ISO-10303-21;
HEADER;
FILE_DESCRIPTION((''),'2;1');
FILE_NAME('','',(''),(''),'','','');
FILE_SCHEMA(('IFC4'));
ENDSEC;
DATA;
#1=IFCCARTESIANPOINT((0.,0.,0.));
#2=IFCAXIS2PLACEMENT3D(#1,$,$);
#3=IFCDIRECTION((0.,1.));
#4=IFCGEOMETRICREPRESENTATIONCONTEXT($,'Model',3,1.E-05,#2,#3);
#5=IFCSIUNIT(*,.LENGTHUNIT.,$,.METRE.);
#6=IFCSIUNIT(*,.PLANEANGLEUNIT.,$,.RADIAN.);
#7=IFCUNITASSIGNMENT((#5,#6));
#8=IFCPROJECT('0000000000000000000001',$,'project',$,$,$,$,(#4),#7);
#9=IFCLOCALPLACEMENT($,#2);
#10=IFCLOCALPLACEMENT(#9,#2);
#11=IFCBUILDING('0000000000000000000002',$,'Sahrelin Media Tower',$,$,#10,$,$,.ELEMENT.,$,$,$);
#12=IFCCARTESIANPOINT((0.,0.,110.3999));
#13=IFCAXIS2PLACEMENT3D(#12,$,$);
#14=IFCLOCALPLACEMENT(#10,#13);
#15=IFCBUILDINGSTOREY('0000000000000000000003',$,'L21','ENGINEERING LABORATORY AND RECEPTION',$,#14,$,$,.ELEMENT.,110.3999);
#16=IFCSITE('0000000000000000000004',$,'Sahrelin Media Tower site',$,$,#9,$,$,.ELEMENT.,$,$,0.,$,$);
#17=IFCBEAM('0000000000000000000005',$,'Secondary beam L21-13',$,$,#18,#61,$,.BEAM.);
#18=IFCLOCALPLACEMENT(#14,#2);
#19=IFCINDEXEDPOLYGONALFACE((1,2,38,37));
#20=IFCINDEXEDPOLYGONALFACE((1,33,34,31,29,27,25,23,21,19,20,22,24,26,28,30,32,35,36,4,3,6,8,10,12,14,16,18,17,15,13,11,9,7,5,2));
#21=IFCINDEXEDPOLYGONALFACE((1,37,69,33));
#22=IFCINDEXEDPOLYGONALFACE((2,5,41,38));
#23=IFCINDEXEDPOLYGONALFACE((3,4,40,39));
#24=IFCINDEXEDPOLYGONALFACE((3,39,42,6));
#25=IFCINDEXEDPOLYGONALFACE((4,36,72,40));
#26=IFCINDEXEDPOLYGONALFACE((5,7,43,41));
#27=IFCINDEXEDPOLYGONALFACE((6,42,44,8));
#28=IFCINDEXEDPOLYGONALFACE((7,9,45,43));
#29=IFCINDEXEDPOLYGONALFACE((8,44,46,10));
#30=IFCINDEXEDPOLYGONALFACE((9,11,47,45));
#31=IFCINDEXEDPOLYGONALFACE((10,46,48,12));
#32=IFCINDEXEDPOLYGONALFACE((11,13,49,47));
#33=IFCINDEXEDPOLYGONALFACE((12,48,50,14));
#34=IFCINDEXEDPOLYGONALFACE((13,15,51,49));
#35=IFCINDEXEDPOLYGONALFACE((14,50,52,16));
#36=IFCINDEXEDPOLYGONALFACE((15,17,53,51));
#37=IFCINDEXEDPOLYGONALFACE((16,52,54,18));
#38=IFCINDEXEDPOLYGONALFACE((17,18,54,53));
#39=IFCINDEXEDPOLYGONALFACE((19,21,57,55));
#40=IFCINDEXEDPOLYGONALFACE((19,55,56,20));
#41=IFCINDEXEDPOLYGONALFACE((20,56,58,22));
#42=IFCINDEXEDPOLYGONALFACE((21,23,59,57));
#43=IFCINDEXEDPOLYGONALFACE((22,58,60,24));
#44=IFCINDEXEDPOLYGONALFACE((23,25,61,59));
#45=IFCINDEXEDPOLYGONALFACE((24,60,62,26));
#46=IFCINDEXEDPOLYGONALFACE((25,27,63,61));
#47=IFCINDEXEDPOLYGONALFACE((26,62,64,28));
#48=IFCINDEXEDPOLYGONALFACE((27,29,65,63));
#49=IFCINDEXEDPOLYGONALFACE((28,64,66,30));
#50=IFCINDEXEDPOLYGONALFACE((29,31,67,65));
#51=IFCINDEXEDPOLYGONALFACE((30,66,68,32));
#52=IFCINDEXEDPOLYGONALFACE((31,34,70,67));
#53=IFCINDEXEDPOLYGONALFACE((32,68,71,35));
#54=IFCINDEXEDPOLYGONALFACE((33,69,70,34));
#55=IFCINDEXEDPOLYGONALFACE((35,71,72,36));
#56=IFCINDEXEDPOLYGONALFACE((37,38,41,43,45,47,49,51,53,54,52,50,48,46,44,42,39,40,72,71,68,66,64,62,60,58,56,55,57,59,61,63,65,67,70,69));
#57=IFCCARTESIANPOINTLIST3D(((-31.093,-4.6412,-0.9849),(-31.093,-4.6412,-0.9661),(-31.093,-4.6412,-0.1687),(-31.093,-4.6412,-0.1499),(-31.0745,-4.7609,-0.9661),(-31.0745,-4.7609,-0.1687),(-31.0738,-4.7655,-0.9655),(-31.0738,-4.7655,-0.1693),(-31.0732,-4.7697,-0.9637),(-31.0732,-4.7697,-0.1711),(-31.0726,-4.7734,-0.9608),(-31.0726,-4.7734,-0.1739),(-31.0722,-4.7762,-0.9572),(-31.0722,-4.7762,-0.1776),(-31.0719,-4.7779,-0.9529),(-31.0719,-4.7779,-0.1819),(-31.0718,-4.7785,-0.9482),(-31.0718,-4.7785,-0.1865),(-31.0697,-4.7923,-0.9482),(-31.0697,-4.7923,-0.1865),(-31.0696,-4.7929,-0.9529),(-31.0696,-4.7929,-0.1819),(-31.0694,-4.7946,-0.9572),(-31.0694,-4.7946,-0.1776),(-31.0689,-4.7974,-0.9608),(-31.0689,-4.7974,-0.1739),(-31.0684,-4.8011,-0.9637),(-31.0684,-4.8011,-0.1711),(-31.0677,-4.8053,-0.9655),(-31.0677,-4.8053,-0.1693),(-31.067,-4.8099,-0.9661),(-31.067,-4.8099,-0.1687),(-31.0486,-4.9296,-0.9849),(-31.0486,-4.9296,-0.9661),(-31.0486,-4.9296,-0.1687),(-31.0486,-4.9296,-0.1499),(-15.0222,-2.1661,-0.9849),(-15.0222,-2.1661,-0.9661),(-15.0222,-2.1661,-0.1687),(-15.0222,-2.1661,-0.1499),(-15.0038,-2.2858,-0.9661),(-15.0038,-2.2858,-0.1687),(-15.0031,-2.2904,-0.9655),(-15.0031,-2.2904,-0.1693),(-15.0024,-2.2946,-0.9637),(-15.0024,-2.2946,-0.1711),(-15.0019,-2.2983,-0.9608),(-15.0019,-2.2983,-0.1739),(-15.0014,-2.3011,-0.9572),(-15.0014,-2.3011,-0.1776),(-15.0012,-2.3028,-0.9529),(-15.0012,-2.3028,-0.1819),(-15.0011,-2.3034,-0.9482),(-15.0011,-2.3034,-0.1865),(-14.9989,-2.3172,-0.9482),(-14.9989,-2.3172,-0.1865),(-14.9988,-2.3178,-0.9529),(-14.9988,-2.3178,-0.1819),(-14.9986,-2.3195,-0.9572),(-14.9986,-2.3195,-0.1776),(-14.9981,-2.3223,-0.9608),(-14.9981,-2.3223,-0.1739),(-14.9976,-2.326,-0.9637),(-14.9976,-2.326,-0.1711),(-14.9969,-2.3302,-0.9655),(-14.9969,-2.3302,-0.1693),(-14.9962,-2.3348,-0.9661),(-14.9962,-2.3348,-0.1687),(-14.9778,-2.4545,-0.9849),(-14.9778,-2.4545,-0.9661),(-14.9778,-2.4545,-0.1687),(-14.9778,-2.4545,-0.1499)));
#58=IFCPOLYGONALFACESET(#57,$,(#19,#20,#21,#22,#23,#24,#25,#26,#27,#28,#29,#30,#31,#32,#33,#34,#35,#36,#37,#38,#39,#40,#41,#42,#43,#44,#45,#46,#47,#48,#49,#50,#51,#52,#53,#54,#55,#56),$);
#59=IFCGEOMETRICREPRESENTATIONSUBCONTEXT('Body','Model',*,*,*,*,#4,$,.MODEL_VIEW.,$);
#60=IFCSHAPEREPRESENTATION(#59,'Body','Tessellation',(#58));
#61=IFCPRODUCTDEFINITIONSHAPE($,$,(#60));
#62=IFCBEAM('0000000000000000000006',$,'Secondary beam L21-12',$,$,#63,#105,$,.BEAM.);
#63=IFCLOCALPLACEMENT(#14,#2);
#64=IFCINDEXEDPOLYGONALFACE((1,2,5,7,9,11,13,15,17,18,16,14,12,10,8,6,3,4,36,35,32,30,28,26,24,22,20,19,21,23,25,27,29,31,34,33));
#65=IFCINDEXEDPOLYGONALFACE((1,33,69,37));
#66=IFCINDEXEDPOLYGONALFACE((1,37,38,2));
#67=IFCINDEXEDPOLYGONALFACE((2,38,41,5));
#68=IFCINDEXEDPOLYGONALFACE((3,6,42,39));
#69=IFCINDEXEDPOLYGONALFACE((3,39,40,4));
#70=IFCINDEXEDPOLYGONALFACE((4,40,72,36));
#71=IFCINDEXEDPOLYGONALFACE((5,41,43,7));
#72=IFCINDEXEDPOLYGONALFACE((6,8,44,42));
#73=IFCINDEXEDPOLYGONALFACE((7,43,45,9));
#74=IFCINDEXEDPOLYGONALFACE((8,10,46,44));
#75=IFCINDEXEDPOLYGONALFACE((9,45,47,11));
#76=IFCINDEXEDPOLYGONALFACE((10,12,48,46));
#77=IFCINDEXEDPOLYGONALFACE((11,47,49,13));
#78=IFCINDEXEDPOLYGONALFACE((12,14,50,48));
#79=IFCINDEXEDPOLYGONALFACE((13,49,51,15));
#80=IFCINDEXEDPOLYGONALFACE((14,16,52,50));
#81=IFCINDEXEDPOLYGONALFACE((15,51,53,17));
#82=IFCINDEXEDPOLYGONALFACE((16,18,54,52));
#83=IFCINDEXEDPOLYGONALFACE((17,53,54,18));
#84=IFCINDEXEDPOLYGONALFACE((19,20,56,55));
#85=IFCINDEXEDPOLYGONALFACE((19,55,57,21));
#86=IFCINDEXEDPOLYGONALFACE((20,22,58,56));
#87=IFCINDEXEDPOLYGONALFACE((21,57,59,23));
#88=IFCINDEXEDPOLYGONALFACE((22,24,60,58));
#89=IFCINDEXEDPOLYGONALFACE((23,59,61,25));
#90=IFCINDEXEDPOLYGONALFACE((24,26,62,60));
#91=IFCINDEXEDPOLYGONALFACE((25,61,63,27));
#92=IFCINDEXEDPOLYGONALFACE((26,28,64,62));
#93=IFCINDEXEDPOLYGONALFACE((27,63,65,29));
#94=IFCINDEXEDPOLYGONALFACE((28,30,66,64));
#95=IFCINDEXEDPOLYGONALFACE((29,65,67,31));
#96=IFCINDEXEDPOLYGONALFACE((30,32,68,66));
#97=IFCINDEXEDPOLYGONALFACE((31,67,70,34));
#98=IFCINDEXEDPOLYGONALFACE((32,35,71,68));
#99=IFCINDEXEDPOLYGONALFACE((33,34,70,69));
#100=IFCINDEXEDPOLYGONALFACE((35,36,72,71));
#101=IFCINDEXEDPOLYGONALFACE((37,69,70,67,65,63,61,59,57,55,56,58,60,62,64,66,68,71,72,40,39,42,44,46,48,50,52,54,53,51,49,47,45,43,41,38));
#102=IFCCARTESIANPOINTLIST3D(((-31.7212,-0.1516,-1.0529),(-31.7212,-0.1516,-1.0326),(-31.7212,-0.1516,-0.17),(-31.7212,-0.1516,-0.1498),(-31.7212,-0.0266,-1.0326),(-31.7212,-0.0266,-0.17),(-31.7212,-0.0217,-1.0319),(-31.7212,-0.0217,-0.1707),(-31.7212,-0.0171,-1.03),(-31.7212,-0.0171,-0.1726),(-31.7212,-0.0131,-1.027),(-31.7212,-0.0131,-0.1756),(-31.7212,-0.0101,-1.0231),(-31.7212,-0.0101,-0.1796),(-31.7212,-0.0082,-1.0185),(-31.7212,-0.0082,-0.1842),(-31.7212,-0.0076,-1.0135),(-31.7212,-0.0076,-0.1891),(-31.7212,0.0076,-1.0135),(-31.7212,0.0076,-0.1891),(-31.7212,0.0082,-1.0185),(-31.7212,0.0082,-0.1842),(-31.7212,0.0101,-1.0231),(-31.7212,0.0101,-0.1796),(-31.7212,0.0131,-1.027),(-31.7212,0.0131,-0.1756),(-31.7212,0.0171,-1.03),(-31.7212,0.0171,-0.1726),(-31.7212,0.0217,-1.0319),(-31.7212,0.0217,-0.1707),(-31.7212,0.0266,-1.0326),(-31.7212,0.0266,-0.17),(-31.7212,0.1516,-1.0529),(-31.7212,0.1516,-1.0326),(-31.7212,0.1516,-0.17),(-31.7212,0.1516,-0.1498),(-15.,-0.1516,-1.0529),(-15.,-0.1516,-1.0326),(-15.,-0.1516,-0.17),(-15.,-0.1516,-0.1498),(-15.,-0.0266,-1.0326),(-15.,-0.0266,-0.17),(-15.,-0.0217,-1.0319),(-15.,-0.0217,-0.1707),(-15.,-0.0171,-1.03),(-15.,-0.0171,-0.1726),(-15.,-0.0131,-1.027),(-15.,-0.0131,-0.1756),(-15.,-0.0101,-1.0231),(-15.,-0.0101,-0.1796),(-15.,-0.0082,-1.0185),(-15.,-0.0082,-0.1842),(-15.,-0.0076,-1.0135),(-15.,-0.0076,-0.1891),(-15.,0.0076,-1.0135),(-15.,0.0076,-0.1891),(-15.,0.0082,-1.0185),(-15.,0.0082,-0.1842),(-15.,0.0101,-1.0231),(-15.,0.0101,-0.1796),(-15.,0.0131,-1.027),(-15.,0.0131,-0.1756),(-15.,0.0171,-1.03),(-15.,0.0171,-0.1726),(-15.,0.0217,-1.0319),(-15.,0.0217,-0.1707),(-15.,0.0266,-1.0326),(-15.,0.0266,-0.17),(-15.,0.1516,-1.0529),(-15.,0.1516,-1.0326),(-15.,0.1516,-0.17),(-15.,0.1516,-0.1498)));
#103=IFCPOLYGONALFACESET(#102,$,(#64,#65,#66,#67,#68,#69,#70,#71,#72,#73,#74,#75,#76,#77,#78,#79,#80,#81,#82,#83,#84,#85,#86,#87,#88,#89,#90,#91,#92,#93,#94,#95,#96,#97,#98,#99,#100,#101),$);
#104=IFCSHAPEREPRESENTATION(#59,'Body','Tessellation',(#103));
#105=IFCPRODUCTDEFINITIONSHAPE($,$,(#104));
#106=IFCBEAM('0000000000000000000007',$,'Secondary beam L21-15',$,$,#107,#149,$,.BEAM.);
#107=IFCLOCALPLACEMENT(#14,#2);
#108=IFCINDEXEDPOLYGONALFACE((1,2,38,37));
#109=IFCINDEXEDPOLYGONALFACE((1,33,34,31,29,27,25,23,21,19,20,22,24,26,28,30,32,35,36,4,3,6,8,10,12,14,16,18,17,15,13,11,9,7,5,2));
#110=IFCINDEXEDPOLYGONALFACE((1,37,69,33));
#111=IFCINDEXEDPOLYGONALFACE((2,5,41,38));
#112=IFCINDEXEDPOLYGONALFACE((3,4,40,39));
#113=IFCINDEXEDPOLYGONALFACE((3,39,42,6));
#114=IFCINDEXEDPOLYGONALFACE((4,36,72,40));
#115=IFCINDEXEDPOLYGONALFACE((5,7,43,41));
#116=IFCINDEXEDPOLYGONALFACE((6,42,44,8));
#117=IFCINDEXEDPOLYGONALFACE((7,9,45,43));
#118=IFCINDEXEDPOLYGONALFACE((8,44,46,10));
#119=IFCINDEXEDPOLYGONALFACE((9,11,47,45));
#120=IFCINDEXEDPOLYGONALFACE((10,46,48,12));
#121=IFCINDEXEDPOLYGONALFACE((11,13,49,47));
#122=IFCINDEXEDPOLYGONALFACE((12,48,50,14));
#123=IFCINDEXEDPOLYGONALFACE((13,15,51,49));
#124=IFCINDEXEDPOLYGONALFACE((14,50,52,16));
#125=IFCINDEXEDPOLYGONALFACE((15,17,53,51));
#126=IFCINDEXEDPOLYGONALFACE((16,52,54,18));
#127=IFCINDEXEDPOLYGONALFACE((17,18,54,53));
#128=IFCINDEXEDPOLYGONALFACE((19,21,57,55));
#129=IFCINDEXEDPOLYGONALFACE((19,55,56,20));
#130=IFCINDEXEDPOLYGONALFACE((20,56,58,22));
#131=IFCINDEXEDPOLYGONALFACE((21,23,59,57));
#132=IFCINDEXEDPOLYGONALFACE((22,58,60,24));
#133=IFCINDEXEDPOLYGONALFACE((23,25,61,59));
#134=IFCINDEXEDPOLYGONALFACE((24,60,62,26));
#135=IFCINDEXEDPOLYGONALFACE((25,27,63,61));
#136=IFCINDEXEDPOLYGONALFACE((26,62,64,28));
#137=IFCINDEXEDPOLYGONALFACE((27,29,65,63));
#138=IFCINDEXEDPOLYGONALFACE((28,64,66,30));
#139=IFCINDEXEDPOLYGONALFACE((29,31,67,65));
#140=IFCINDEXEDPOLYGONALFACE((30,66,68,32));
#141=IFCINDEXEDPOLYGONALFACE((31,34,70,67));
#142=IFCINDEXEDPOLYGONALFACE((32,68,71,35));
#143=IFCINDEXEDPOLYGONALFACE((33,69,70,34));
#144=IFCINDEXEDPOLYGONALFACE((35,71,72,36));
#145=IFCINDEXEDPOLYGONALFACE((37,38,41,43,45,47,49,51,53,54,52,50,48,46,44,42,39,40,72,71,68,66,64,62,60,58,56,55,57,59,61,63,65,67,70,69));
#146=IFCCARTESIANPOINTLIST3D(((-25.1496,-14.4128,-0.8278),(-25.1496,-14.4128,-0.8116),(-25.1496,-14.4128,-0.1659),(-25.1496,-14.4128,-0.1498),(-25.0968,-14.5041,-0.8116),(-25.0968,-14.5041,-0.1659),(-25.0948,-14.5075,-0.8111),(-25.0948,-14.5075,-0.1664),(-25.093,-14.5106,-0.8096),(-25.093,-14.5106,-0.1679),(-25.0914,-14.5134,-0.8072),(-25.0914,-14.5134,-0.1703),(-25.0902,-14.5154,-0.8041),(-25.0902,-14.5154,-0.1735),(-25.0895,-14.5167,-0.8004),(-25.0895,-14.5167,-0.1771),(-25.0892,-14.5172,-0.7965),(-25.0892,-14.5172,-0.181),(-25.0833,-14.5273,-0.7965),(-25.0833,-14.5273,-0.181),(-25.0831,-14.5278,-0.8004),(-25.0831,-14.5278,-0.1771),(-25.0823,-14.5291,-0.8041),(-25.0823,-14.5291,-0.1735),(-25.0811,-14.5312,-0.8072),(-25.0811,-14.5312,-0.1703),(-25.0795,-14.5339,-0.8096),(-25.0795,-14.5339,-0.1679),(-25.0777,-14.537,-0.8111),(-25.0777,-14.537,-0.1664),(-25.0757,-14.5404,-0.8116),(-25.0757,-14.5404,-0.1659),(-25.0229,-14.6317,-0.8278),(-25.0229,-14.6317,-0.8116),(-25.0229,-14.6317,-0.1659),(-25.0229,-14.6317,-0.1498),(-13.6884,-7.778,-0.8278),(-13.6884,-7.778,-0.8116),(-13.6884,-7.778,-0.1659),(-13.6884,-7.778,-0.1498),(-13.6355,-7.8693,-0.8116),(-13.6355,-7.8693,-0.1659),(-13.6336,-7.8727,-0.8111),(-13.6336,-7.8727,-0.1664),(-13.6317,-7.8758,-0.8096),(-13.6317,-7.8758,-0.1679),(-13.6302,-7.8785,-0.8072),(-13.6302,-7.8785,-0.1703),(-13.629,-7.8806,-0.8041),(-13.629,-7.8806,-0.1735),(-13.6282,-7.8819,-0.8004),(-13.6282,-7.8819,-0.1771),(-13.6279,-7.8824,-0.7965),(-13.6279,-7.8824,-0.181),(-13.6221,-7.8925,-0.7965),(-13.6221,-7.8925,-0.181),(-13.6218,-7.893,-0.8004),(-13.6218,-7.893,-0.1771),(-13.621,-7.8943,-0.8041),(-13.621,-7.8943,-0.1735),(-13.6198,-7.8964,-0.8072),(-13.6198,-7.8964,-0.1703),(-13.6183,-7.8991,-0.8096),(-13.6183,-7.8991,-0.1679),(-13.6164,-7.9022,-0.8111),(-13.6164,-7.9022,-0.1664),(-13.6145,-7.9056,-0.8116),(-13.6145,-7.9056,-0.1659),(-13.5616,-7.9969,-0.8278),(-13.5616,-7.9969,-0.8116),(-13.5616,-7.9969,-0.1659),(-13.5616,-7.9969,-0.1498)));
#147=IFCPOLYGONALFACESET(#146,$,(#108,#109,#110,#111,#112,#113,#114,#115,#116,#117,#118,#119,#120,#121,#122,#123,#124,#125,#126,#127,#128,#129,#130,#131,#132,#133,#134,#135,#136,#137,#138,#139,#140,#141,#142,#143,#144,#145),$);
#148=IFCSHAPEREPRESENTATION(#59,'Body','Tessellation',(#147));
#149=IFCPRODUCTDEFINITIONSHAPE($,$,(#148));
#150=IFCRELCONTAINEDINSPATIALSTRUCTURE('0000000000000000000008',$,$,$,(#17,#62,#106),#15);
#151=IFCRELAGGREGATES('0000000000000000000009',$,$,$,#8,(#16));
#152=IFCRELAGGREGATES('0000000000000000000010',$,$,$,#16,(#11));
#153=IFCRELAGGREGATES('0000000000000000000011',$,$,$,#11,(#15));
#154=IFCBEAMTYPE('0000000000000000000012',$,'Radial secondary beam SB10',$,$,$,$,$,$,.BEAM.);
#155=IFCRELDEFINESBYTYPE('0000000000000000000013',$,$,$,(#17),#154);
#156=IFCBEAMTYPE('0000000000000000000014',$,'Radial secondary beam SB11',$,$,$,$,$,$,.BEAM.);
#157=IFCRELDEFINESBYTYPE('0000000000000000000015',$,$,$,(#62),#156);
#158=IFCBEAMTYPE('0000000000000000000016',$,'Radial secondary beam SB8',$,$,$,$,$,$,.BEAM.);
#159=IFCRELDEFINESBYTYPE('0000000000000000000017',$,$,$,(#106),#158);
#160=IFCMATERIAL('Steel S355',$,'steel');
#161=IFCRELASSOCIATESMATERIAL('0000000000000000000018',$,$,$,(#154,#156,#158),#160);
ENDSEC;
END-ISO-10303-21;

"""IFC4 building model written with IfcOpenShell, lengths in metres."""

from ifc_helpers import new_model, si_unit, direction, frame, origin, origin_2d, place, context, subcontext, project, spatial, i_section, extrude, material, material_profile, profile_set, type_object, element, save


model = new_model("IFC4")

# Units and contexts
model_context = context("Model", 3, precision=1e-05, world=origin(), true_north=direction((0.0, 1.0)))
body_context = subcontext(model_context, "Body", "Model", "MODEL_VIEW")
ifc_project = project(units=[si_unit("LENGTHUNIT", "METRE"), si_unit("PLANEANGLEUNIT", "RADIAN")], contexts=[model_context])

# Site, building, storey
site_placement = place(None, origin())
site = spatial("IfcSite", under=ifc_project, at=site_placement, Name="Sahrelin Media Tower site", CompositionType="ELEMENT", RefElevation=0.0)
building_placement = place(site_placement, origin())
building = spatial("IfcBuilding", under=site, at=building_placement, Name="Sahrelin Media Tower", CompositionType="ELEMENT")
storey_placement = place(building_placement, frame((0.0, 0.0, 110.3999)))
storey = spatial("IfcBuildingStorey", under=building, at=storey_placement, Name="L21", Description="ENGINEERING LABORATORY AND RECEPTION", CompositionType="ELEMENT", Elevation=110.3999)

# Beams
ifc_material_1 = material(Name="Steel S355", Category="steel")
ifc_material_profile_1 = material_profile(ifc_material_1, i_section(OverallWidth=0.2917, OverallDepth=0.835, WebThickness=0.0139, FlangeThickness=0.0188, FilletRadius=0.0178, at=origin_2d()), Name="UB 838x292x176")
ifc_profile_set_1 = profile_set([ifc_material_profile_1], Name="Steel S355")
beam_type_1 = type_object("IfcBeamType", Name="Radial secondary beam SB10", PredefinedType="BEAM", material=ifc_profile_set_1)
beam_1_placement = place(storey_placement, frame((-15.0, -2.3103, -0.5674), z_axis=(-0.988347, -0.152217, 0.0), x_axis=(0.152217, -0.988347, 0.0)))
element("IfcBeam", 1, at=beam_1_placement, inside=storey, type_object=beam_type_1, Name="Secondary beam L21-13", PredefinedType="BEAM", context=body_context, shape_type="SweptSolid", body=[
    extrude(i_section(OverallWidth=0.2917, OverallDepth=0.835, WebThickness=0.0139, FlangeThickness=0.0188, FilletRadius=0.0178, at=origin_2d()), origin(), (0.0, 0.0, 1.0), 16.2603),
])
ifc_material_profile_2 = material_profile(ifc_material_1, i_section(OverallWidth=0.3032, OverallDepth=0.9031, WebThickness=0.0151, FlangeThickness=0.0203, FilletRadius=0.019, at=origin_2d()), Name="UB 914x305x201")
ifc_profile_set_2 = profile_set([ifc_material_profile_2], Name="Steel S355")
beam_type_2 = type_object("IfcBeamType", Name="Radial secondary beam SB11", PredefinedType="BEAM", material=ifc_profile_set_2)
beam_2_placement = place(storey_placement, frame((-15.0, 0.0, -0.6013), z_axis=(-1.0, 0.0, 0.0), x_axis=(0.0, -1.0, 0.0)))
element("IfcBeam", 2, at=beam_2_placement, inside=storey, type_object=beam_type_2, Name="Secondary beam L21-12", PredefinedType="BEAM", context=body_context, shape_type="SweptSolid", body=[
    extrude(i_section(OverallWidth=0.3032, OverallDepth=0.9031, WebThickness=0.0151, FlangeThickness=0.0203, FilletRadius=0.019, at=origin_2d()), origin(), (0.0, 0.0, 1.0), 16.7212),
])
ifc_material_profile_3 = material_profile(ifc_material_1, i_section(OverallWidth=0.2529, OverallDepth=0.678, WebThickness=0.0117, FlangeThickness=0.0161, FilletRadius=0.0151, at=origin_2d()), Name="UB 686x254x125")
ifc_profile_set_3 = profile_set([ifc_material_profile_3], Name="Steel S355")
beam_type_3 = type_object("IfcBeamType", Name="Radial secondary beam SB8", PredefinedType="BEAM", material=ifc_profile_set_3)
beam_3_placement = place(storey_placement, frame((-13.625, -7.8875, -0.4888), z_axis=(-0.865448, -0.500999, 0.0), x_axis=(0.500999, -0.865448, 0.0)))
element("IfcBeam", 3, at=beam_3_placement, inside=storey, type_object=beam_type_3, Name="Secondary beam L21-15", PredefinedType="BEAM", context=body_context, shape_type="SweptSolid", body=[
    extrude(i_section(OverallWidth=0.2529, OverallDepth=0.678, WebThickness=0.0117, FlangeThickness=0.0161, FilletRadius=0.0151, at=origin_2d()), origin(), (0.0, 0.0, 1.0), 13.2432),
])

save(model, "model.ifc")
